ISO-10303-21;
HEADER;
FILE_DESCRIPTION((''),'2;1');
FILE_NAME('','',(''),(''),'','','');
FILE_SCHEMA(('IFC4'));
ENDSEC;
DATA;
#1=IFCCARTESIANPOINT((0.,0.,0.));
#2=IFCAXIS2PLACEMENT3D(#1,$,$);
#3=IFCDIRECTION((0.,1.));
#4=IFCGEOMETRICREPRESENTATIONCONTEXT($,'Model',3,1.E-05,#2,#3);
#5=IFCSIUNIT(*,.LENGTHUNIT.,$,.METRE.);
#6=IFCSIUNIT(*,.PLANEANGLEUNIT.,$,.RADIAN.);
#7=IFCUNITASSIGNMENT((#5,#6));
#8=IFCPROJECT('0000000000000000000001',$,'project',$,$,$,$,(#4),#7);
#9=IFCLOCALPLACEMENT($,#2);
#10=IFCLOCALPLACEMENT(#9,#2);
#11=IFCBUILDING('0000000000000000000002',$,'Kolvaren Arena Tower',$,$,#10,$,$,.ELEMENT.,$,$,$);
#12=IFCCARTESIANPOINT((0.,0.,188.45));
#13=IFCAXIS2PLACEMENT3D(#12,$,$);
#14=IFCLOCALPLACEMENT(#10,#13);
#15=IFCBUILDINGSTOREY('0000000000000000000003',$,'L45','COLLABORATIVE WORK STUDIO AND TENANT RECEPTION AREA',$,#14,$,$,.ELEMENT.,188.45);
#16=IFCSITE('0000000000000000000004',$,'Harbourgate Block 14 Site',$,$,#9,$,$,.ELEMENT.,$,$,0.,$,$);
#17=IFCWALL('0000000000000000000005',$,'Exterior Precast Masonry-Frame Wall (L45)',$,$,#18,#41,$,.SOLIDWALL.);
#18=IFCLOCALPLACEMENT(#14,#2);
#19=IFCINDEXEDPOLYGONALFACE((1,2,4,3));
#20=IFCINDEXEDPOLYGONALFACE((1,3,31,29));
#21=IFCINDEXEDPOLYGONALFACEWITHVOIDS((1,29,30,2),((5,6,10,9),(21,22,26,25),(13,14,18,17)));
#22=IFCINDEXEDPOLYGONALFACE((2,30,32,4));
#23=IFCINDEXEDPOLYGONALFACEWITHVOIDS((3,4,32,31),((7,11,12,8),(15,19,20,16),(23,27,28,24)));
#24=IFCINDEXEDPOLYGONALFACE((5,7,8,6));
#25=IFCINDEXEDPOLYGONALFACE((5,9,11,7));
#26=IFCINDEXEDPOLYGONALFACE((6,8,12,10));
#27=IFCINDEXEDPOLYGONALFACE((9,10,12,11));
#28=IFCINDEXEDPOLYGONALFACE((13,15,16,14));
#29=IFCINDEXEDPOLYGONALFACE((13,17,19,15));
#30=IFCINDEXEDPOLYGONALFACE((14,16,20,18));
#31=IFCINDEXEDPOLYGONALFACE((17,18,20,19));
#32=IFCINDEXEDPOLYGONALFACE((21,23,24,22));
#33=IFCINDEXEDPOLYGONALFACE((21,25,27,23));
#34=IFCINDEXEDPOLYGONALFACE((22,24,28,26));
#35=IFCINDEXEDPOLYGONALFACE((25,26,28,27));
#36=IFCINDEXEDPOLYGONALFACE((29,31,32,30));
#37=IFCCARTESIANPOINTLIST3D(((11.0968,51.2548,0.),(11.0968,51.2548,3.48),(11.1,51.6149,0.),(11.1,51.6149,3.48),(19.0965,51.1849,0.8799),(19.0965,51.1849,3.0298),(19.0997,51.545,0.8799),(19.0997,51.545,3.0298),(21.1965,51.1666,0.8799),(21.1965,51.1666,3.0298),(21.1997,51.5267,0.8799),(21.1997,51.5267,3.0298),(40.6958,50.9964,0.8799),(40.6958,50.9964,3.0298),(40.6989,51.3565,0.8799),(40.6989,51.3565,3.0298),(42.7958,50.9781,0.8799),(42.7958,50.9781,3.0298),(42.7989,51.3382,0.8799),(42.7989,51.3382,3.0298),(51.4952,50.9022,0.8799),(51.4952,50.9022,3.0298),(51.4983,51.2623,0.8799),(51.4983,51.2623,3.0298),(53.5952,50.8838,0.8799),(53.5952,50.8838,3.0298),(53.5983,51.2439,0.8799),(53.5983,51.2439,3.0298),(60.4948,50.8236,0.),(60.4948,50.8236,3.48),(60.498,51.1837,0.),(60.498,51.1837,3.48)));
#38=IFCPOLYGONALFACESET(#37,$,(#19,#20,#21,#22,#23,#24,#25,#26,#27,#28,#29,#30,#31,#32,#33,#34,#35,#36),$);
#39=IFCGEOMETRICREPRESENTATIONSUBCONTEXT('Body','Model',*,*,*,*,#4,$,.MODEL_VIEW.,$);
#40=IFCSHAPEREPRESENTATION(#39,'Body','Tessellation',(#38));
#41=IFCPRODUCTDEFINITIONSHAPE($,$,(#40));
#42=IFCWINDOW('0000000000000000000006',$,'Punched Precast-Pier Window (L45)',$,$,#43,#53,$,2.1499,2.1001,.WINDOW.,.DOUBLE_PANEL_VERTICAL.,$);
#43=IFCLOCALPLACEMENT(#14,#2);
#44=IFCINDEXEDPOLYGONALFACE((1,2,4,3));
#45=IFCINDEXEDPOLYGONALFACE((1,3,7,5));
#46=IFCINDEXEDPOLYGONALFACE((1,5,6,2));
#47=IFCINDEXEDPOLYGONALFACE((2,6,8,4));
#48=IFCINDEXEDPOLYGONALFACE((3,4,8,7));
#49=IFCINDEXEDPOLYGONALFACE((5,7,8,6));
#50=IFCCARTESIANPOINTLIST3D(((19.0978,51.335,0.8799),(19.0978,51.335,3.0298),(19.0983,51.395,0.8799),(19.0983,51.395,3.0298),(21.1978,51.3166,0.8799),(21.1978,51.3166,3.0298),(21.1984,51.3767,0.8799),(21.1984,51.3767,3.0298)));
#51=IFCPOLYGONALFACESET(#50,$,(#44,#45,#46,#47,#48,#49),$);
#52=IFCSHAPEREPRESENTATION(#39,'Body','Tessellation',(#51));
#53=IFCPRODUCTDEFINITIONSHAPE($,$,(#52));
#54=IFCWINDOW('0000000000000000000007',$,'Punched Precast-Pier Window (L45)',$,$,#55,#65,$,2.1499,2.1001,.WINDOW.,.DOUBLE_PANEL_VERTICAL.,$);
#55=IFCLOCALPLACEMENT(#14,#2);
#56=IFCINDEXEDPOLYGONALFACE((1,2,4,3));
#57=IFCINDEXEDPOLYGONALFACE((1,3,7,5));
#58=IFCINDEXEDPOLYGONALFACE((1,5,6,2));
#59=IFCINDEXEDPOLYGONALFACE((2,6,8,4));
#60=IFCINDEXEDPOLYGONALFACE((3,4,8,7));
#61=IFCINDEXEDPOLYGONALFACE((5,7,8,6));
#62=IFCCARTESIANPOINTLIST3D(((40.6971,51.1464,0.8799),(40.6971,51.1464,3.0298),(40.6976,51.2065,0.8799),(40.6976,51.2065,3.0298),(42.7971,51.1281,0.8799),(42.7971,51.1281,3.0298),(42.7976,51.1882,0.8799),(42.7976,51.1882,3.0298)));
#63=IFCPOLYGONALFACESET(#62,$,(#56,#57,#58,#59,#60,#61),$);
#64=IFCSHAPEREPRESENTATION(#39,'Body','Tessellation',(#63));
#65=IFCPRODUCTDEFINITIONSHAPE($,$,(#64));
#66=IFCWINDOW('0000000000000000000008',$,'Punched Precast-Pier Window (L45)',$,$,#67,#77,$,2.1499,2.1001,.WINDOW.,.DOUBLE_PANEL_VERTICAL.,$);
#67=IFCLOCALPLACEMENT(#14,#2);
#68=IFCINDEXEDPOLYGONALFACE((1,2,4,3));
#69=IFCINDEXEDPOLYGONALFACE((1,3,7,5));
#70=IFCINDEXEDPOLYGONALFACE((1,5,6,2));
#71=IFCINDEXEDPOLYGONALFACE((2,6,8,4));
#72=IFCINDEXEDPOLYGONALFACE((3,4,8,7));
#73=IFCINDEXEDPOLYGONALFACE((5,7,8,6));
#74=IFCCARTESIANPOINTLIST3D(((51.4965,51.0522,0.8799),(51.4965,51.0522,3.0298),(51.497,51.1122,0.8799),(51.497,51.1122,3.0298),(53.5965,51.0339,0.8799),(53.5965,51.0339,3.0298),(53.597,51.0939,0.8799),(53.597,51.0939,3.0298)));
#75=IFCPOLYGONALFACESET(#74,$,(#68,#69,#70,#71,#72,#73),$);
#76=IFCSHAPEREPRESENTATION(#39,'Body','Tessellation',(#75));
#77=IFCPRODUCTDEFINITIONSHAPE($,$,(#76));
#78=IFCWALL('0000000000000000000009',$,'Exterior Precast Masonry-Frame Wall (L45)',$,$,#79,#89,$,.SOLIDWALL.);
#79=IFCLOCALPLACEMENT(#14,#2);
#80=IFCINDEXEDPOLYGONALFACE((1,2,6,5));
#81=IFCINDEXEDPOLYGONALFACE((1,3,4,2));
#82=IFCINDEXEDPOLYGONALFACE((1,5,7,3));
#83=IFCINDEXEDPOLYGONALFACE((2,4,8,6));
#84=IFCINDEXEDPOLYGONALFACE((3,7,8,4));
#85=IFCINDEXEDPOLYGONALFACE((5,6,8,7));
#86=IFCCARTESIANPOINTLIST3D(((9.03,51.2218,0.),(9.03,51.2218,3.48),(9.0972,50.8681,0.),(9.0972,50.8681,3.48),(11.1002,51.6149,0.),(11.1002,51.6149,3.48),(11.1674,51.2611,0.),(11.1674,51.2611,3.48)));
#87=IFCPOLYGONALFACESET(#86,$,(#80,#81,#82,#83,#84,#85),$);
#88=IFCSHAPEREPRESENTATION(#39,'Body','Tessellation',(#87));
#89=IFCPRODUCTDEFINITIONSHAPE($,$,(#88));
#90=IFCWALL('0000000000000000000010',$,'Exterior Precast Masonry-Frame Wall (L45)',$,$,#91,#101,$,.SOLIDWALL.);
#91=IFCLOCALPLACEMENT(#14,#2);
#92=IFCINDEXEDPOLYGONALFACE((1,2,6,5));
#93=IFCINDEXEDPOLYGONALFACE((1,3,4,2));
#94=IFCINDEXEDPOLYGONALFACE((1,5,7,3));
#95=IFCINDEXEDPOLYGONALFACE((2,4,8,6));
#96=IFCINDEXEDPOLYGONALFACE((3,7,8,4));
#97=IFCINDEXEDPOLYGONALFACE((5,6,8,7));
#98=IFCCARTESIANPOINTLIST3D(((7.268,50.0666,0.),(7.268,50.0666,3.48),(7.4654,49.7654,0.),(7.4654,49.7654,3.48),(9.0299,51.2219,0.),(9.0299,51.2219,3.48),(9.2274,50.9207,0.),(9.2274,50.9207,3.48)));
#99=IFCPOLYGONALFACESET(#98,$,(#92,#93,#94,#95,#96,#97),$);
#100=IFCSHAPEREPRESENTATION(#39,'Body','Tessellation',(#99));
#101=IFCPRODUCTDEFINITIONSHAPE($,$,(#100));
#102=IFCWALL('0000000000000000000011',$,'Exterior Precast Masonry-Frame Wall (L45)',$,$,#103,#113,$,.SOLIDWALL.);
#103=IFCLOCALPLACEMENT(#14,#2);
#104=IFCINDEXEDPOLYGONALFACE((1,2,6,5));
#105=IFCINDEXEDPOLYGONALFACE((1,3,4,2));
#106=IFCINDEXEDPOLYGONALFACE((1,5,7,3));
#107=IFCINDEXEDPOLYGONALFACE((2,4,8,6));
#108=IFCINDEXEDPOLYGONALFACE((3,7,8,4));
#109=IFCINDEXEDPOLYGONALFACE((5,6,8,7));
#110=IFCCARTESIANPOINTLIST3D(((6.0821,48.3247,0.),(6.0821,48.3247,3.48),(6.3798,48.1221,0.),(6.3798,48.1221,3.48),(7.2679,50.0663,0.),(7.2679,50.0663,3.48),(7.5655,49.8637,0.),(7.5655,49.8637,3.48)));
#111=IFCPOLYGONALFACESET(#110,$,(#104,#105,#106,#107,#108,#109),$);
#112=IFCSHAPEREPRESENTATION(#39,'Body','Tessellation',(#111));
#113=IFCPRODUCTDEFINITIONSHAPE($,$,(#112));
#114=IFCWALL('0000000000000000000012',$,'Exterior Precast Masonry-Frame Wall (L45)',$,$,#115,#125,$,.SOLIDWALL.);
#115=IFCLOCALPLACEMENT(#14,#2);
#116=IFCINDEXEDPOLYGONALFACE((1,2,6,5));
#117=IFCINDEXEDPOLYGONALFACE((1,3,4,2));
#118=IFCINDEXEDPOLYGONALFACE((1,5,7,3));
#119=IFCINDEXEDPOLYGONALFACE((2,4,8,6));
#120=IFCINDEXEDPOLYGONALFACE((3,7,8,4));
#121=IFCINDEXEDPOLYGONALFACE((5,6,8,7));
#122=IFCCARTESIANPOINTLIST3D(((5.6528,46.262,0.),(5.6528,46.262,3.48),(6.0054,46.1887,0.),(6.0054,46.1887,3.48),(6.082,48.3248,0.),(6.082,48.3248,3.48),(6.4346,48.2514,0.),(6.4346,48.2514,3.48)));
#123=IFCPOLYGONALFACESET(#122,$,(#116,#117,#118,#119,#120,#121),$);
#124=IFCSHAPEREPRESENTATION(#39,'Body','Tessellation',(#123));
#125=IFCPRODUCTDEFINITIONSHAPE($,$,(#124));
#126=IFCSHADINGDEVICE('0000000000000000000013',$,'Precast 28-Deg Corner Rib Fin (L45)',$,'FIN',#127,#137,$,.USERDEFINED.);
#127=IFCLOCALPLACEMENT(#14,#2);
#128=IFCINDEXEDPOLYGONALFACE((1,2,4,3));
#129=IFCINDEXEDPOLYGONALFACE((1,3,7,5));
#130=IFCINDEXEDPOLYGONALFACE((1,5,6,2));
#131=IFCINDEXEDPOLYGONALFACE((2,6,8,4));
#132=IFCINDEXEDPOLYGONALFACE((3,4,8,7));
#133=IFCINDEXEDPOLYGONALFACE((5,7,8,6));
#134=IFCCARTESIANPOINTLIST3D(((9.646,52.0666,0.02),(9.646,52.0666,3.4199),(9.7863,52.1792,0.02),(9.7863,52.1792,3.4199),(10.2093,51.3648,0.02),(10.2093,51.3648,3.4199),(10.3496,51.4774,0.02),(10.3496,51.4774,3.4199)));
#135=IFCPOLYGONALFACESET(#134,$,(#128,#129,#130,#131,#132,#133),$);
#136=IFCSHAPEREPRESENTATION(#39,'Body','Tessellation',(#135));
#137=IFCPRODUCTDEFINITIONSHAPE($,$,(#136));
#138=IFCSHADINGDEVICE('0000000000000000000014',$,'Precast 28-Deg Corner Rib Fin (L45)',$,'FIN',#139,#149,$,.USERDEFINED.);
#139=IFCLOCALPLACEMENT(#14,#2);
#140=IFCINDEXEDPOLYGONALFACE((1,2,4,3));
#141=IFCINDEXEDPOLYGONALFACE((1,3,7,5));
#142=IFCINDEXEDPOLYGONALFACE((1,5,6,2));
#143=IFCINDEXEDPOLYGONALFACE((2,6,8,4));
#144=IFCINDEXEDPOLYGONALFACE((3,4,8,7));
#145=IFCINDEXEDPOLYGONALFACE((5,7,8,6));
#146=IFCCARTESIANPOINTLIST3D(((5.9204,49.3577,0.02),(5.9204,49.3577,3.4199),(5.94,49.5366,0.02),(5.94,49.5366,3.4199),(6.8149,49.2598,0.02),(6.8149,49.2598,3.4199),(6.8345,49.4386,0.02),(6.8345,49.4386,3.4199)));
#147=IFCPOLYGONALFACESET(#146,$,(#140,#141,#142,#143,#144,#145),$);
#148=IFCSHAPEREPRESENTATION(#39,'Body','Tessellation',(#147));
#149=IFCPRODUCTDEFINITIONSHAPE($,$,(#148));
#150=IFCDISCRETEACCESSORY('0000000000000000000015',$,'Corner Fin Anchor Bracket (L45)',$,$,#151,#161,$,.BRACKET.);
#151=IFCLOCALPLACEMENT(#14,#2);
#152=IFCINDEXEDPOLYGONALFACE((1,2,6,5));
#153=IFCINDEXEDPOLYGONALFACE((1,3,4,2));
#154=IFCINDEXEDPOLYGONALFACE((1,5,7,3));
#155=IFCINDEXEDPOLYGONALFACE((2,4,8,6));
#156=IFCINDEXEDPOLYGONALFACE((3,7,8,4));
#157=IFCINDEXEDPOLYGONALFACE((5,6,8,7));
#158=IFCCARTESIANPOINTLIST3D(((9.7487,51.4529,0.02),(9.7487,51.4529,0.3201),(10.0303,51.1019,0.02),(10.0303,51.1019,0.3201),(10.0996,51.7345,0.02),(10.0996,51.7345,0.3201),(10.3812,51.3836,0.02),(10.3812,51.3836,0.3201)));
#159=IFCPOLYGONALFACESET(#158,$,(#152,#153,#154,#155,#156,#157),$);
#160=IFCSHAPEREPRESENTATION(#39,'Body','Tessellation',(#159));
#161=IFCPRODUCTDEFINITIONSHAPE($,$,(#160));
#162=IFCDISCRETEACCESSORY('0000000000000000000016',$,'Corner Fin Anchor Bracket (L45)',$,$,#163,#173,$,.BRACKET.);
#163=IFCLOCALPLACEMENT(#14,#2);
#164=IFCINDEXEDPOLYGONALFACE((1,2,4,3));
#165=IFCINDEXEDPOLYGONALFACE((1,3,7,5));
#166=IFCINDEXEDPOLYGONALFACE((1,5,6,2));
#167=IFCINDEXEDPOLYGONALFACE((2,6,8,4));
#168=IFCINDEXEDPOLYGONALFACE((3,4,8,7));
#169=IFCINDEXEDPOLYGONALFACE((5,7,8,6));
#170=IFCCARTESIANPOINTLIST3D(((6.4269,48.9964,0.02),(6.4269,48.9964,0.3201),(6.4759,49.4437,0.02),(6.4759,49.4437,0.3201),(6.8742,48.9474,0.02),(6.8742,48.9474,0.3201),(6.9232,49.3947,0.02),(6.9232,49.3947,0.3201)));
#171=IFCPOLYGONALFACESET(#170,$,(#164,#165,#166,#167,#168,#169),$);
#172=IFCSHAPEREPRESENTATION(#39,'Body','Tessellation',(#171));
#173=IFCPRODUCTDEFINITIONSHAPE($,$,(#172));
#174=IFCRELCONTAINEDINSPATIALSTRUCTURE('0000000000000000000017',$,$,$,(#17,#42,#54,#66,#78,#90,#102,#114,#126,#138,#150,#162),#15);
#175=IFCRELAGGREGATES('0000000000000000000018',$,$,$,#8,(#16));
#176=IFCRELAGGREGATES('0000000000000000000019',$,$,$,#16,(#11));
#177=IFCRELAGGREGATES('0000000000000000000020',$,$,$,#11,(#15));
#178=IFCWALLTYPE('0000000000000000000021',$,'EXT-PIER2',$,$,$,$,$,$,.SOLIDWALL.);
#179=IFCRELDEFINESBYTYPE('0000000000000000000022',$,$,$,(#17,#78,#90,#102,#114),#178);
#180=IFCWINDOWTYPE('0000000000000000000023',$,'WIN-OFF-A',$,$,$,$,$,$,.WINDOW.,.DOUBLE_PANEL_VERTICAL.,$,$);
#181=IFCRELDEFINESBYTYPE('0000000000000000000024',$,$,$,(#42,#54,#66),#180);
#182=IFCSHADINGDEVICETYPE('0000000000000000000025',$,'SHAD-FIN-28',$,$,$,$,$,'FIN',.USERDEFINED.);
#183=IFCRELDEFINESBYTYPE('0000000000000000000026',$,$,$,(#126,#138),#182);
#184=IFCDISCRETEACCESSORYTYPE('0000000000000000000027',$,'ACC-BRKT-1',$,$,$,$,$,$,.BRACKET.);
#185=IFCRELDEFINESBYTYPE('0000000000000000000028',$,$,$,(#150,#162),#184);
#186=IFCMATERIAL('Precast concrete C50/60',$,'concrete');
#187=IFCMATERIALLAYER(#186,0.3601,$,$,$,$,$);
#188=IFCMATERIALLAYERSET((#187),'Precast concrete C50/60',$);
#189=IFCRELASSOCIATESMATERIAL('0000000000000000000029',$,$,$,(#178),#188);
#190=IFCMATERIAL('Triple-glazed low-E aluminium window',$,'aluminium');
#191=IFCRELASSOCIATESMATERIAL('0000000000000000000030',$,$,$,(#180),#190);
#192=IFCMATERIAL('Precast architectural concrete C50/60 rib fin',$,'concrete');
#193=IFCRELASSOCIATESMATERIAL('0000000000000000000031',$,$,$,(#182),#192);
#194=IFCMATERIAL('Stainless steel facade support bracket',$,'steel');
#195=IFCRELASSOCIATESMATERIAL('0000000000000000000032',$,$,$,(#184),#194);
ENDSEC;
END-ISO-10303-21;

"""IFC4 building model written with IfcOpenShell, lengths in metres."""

from ifc_helpers import new_model, si_unit, direction, frame, frame_2d, origin, origin_2d, place, context, subcontext, project, spatial, rectangle, extrude, material, layer, layer_set, type_object, element, fill, save


model = new_model("IFC4")

# Units and contexts
model_context = context("Model", 3, precision=1e-05, world=origin(), true_north=direction((0.0, 1.0)))
body_context = subcontext(model_context, "Body", "Model", "MODEL_VIEW")
ifc_project = project(units=[si_unit("LENGTHUNIT", "METRE"), si_unit("PLANEANGLEUNIT", "RADIAN")], contexts=[model_context])

# Site, building, storey
site_placement = place(None, origin())
site = spatial("IfcSite", under=ifc_project, at=site_placement, Name="Harbourgate Block 14 Site", CompositionType="ELEMENT", RefElevation=0.0)
building_placement = place(site_placement, origin())
building = spatial("IfcBuilding", under=site, at=building_placement, Name="Kolvaren Arena Tower", CompositionType="ELEMENT")
storey_placement = place(building_placement, frame((0.0, 0.0, 188.45)))
storey = spatial("IfcBuildingStorey", under=building, at=storey_placement, Name="L45", Description="COLLABORATIVE WORK STUDIO AND TENANT RECEPTION AREA", CompositionType="ELEMENT", Elevation=188.45)

# Wall, openings, windows
ifc_material_1 = material(Name="Precast concrete C50/60", Category="concrete")
ifc_layer = layer(ifc_material_1, 0.3601)
ifc_layer_set = layer_set([ifc_layer], Name="Precast concrete C50/60")
wall_type = type_object("IfcWallType", Name="EXT-PIER2", PredefinedType="SOLIDWALL", material=ifc_layer_set)
wall_1_placement = place(storey_placement, frame((11.0984, 51.4348, 0.0), z_axis=(0.0, 0.0, 1.0), x_axis=(0.999962, -0.008728, 0.0)))
wall_1 = element("IfcWall", 1, at=wall_1_placement, inside=storey, type_object=wall_type, Name="Exterior Precast Masonry-Frame Wall (L45)", PredefinedType="SOLIDWALL", context=body_context, shape_type="SweptSolid", body=[
    extrude(rectangle(XDim=49.3999, YDim=0.3601, at=frame_2d((24.7, 0.0))), origin(), (0.0, 0.0, 1.0), 3.48),
])
opening_1_placement = place(wall_1_placement, frame((8.0, 0.0, 0.8799)))
opening_1 = element("IfcOpeningElement", 2, at=opening_1_placement, cuts=wall_1, PredefinedType="OPENING", context=body_context, shape_type="SweptSolid", body=[
    extrude(rectangle(XDim=2.1001, YDim=2.1499, at=frame_2d((1.05, 1.075))), frame((0.0, 0.1899, 0.0), z_axis=(0.0, -1.0, 0.0), x_axis=(1.0, 0.0, 0.0)), (0.0, 0.0, 1.0), 0.3801),
])
opening_2_placement = place(wall_1_placement, frame((29.6001, 0.0, 0.8799)))
opening_2 = element("IfcOpeningElement", 3, at=opening_2_placement, cuts=wall_1, PredefinedType="OPENING", context=body_context, shape_type="SweptSolid", body=[
    extrude(rectangle(XDim=2.1001, YDim=2.1499, at=frame_2d((1.05, 1.075))), frame((0.0, 0.1899, 0.0), z_axis=(0.0, -1.0, 0.0), x_axis=(1.0, 0.0, 0.0)), (0.0, 0.0, 1.0), 0.3801),
])
opening_3_placement = place(wall_1_placement, frame((40.3999, 0.0, 0.8799)))
opening_3 = element("IfcOpeningElement", 4, at=opening_3_placement, cuts=wall_1, PredefinedType="OPENING", context=body_context, shape_type="SweptSolid", body=[
    extrude(rectangle(XDim=2.1001, YDim=2.1499, at=frame_2d((1.05, 1.075))), frame((0.0, 0.1899, 0.0), z_axis=(0.0, -1.0, 0.0), x_axis=(1.0, 0.0, 0.0)), (0.0, 0.0, 1.0), 0.3801),
])
ifc_material_2 = material(Name="Triple-glazed low-E aluminium window", Category="aluminium")
window_type = type_object("IfcWindowType", Name="WIN-OFF-A", PartitioningType="DOUBLE_PANEL_VERTICAL", PredefinedType="WINDOW", material=ifc_material_2)
window_1_placement = place(opening_1_placement, origin())
window_1 = element("IfcWindow", 5, at=window_1_placement, inside=storey, type_object=window_type, Name="Punched Precast-Pier Window (L45)", OverallHeight=2.1499, OverallWidth=2.1001, PartitioningType="DOUBLE_PANEL_VERTICAL", PredefinedType="WINDOW", context=body_context, shape_type="SweptSolid", body=[
    extrude(rectangle(XDim=2.1001, YDim=2.1499, at=frame_2d((1.05, 1.075))), frame((0.0, 0.03, 0.0), z_axis=(0.0, -1.0, 0.0), x_axis=(1.0, 0.0, 0.0)), (0.0, 0.0, 1.0), 0.0601),
])
fill(opening_1, window_1)
window_2_placement = place(opening_2_placement, origin())
window_2 = element("IfcWindow", 6, at=window_2_placement, inside=storey, type_object=window_type, Name="Punched Precast-Pier Window (L45)", OverallHeight=2.1499, OverallWidth=2.1001, PartitioningType="DOUBLE_PANEL_VERTICAL", PredefinedType="WINDOW", context=body_context, shape_type="SweptSolid", body=[
    extrude(rectangle(XDim=2.1001, YDim=2.1499, at=frame_2d((1.05, 1.075))), frame((0.0, 0.03, 0.0), z_axis=(0.0, -1.0, 0.0), x_axis=(1.0, 0.0, 0.0)), (0.0, 0.0, 1.0), 0.0601),
])
fill(opening_2, window_2)
window_3_placement = place(opening_3_placement, origin())
window_3 = element("IfcWindow", 7, at=window_3_placement, inside=storey, type_object=window_type, Name="Punched Precast-Pier Window (L45)", OverallHeight=2.1499, OverallWidth=2.1001, PartitioningType="DOUBLE_PANEL_VERTICAL", PredefinedType="WINDOW", context=body_context, shape_type="SweptSolid", body=[
    extrude(rectangle(XDim=2.1001, YDim=2.1499, at=frame_2d((1.05, 1.075))), frame((0.0, 0.03, 0.0), z_axis=(0.0, -1.0, 0.0), x_axis=(1.0, 0.0, 0.0)), (0.0, 0.0, 1.0), 0.0601),
])
fill(opening_3, window_3)

# Walls
wall_2_placement = place(storey_placement, frame((9.0635, 51.0449, 0.0), z_axis=(0.0, 0.0, 1.0), x_axis=(0.982446, 0.186548, 0.0)))
element("IfcWall", 8, at=wall_2_placement, inside=storey, type_object=wall_type, Name="Exterior Precast Masonry-Frame Wall (L45)", PredefinedType="SOLIDWALL", context=body_context, shape_type="SweptSolid", body=[
    extrude(rectangle(XDim=2.1072, YDim=0.3601, at=frame_2d((1.0537, 0.0))), origin(), (0.0, 0.0, 1.0), 3.48),
])
for number, where, z_axis, x_axis, name in (
    (9, (7.3667, 49.916, 0.0), (0.0, 0.0, 1.0), (0.836269, 0.54832, 0.0), "Exterior Precast Masonry-Frame Wall (L45)"),
    (10, (6.231, 48.2234, 0.0), (0.0, 0.0, 1.0), (0.562776, 0.82661, 0.0), "Exterior Precast Masonry-Frame Wall (L45)"),
    (11, (5.8291, 46.2253, 0.0), (0.0, 0.0, 1.0), (0.203709, 0.979031, 0.0), "Exterior Precast Masonry-Frame Wall (L45)"),
):
    element("IfcWall", number, at=place(storey_placement, frame(where, z_axis=z_axis, x_axis=x_axis)), inside=storey, type_object=wall_type, Name=name, PredefinedType="SOLIDWALL", context=body_context, shape_type="SweptSolid", body=[
        extrude(rectangle(XDim=2.1069, YDim=0.3601, at=frame_2d((1.0535, 0.0))), origin(), (0.0, 0.0, 1.0), 3.48),
    ])

# Shading devices
ifc_material_3 = material(Name="Precast architectural concrete C50/60 rib fin", Category="concrete")
shading_device_type = type_object("IfcShadingDeviceType", Name="SHAD-FIN-28", ElementType="FIN", PredefinedType="USERDEFINED", material=ifc_material_3)
for number, where, z_axis, x_axis, name in (
    (12, (9.9978, 51.772, 0.02), (0.0, 0.0, 1.0), (-0.625923, 0.779884, 0.0), "Precast 28-Deg Corner Rib Fin (L45)"),
    (13, (6.3774, 49.3982, 0.02), (0.0, 0.0, 1.0), (-0.994057, 0.108862, 0.0), "Precast 28-Deg Corner Rib Fin (L45)"),
):
    element("IfcShadingDevice", number, at=place(storey_placement, frame(where, z_axis=z_axis, x_axis=x_axis)), inside=storey, type_object=shading_device_type, Name=name, ObjectType="FIN", PredefinedType="USERDEFINED", context=body_context, shape_type="SweptSolid", body=[
        extrude(rectangle(XDim=0.8999, YDim=0.1799, at=origin_2d()), origin(), (0.0, 0.0, 1.0), 3.3999),
    ])

# Discrete accessories
ifc_material_4 = material(Name="Stainless steel facade support bracket", Category="steel")
discrete_accessory_type = type_object("IfcDiscreteAccessoryType", Name="ACC-BRKT-1", PredefinedType="BRACKET", material=ifc_material_4)
for number, where, z_axis, x_axis, name in (
    (14, (10.0649, 51.4182, 0.02), (0.0, 0.0, 1.0), (-0.625923, 0.779884, 0.0), "Corner Fin Anchor Bracket (L45)"),
    (15, (6.675, 49.1956, 0.02), (0.0, 0.0, 1.0), (-0.994057, 0.108862, 0.0), "Corner Fin Anchor Bracket (L45)"),
):
    element("IfcDiscreteAccessory", number, at=place(storey_placement, frame(where, z_axis=z_axis, x_axis=x_axis)), inside=storey, type_object=discrete_accessory_type, Name=name, PredefinedType="BRACKET", context=body_context, shape_type="SweptSolid", body=[
        extrude(rectangle(XDim=0.45, YDim=0.45, at=origin_2d()), origin(), (0.0, 0.0, 1.0), 0.3),
    ])

save(model, "model.ifc")
